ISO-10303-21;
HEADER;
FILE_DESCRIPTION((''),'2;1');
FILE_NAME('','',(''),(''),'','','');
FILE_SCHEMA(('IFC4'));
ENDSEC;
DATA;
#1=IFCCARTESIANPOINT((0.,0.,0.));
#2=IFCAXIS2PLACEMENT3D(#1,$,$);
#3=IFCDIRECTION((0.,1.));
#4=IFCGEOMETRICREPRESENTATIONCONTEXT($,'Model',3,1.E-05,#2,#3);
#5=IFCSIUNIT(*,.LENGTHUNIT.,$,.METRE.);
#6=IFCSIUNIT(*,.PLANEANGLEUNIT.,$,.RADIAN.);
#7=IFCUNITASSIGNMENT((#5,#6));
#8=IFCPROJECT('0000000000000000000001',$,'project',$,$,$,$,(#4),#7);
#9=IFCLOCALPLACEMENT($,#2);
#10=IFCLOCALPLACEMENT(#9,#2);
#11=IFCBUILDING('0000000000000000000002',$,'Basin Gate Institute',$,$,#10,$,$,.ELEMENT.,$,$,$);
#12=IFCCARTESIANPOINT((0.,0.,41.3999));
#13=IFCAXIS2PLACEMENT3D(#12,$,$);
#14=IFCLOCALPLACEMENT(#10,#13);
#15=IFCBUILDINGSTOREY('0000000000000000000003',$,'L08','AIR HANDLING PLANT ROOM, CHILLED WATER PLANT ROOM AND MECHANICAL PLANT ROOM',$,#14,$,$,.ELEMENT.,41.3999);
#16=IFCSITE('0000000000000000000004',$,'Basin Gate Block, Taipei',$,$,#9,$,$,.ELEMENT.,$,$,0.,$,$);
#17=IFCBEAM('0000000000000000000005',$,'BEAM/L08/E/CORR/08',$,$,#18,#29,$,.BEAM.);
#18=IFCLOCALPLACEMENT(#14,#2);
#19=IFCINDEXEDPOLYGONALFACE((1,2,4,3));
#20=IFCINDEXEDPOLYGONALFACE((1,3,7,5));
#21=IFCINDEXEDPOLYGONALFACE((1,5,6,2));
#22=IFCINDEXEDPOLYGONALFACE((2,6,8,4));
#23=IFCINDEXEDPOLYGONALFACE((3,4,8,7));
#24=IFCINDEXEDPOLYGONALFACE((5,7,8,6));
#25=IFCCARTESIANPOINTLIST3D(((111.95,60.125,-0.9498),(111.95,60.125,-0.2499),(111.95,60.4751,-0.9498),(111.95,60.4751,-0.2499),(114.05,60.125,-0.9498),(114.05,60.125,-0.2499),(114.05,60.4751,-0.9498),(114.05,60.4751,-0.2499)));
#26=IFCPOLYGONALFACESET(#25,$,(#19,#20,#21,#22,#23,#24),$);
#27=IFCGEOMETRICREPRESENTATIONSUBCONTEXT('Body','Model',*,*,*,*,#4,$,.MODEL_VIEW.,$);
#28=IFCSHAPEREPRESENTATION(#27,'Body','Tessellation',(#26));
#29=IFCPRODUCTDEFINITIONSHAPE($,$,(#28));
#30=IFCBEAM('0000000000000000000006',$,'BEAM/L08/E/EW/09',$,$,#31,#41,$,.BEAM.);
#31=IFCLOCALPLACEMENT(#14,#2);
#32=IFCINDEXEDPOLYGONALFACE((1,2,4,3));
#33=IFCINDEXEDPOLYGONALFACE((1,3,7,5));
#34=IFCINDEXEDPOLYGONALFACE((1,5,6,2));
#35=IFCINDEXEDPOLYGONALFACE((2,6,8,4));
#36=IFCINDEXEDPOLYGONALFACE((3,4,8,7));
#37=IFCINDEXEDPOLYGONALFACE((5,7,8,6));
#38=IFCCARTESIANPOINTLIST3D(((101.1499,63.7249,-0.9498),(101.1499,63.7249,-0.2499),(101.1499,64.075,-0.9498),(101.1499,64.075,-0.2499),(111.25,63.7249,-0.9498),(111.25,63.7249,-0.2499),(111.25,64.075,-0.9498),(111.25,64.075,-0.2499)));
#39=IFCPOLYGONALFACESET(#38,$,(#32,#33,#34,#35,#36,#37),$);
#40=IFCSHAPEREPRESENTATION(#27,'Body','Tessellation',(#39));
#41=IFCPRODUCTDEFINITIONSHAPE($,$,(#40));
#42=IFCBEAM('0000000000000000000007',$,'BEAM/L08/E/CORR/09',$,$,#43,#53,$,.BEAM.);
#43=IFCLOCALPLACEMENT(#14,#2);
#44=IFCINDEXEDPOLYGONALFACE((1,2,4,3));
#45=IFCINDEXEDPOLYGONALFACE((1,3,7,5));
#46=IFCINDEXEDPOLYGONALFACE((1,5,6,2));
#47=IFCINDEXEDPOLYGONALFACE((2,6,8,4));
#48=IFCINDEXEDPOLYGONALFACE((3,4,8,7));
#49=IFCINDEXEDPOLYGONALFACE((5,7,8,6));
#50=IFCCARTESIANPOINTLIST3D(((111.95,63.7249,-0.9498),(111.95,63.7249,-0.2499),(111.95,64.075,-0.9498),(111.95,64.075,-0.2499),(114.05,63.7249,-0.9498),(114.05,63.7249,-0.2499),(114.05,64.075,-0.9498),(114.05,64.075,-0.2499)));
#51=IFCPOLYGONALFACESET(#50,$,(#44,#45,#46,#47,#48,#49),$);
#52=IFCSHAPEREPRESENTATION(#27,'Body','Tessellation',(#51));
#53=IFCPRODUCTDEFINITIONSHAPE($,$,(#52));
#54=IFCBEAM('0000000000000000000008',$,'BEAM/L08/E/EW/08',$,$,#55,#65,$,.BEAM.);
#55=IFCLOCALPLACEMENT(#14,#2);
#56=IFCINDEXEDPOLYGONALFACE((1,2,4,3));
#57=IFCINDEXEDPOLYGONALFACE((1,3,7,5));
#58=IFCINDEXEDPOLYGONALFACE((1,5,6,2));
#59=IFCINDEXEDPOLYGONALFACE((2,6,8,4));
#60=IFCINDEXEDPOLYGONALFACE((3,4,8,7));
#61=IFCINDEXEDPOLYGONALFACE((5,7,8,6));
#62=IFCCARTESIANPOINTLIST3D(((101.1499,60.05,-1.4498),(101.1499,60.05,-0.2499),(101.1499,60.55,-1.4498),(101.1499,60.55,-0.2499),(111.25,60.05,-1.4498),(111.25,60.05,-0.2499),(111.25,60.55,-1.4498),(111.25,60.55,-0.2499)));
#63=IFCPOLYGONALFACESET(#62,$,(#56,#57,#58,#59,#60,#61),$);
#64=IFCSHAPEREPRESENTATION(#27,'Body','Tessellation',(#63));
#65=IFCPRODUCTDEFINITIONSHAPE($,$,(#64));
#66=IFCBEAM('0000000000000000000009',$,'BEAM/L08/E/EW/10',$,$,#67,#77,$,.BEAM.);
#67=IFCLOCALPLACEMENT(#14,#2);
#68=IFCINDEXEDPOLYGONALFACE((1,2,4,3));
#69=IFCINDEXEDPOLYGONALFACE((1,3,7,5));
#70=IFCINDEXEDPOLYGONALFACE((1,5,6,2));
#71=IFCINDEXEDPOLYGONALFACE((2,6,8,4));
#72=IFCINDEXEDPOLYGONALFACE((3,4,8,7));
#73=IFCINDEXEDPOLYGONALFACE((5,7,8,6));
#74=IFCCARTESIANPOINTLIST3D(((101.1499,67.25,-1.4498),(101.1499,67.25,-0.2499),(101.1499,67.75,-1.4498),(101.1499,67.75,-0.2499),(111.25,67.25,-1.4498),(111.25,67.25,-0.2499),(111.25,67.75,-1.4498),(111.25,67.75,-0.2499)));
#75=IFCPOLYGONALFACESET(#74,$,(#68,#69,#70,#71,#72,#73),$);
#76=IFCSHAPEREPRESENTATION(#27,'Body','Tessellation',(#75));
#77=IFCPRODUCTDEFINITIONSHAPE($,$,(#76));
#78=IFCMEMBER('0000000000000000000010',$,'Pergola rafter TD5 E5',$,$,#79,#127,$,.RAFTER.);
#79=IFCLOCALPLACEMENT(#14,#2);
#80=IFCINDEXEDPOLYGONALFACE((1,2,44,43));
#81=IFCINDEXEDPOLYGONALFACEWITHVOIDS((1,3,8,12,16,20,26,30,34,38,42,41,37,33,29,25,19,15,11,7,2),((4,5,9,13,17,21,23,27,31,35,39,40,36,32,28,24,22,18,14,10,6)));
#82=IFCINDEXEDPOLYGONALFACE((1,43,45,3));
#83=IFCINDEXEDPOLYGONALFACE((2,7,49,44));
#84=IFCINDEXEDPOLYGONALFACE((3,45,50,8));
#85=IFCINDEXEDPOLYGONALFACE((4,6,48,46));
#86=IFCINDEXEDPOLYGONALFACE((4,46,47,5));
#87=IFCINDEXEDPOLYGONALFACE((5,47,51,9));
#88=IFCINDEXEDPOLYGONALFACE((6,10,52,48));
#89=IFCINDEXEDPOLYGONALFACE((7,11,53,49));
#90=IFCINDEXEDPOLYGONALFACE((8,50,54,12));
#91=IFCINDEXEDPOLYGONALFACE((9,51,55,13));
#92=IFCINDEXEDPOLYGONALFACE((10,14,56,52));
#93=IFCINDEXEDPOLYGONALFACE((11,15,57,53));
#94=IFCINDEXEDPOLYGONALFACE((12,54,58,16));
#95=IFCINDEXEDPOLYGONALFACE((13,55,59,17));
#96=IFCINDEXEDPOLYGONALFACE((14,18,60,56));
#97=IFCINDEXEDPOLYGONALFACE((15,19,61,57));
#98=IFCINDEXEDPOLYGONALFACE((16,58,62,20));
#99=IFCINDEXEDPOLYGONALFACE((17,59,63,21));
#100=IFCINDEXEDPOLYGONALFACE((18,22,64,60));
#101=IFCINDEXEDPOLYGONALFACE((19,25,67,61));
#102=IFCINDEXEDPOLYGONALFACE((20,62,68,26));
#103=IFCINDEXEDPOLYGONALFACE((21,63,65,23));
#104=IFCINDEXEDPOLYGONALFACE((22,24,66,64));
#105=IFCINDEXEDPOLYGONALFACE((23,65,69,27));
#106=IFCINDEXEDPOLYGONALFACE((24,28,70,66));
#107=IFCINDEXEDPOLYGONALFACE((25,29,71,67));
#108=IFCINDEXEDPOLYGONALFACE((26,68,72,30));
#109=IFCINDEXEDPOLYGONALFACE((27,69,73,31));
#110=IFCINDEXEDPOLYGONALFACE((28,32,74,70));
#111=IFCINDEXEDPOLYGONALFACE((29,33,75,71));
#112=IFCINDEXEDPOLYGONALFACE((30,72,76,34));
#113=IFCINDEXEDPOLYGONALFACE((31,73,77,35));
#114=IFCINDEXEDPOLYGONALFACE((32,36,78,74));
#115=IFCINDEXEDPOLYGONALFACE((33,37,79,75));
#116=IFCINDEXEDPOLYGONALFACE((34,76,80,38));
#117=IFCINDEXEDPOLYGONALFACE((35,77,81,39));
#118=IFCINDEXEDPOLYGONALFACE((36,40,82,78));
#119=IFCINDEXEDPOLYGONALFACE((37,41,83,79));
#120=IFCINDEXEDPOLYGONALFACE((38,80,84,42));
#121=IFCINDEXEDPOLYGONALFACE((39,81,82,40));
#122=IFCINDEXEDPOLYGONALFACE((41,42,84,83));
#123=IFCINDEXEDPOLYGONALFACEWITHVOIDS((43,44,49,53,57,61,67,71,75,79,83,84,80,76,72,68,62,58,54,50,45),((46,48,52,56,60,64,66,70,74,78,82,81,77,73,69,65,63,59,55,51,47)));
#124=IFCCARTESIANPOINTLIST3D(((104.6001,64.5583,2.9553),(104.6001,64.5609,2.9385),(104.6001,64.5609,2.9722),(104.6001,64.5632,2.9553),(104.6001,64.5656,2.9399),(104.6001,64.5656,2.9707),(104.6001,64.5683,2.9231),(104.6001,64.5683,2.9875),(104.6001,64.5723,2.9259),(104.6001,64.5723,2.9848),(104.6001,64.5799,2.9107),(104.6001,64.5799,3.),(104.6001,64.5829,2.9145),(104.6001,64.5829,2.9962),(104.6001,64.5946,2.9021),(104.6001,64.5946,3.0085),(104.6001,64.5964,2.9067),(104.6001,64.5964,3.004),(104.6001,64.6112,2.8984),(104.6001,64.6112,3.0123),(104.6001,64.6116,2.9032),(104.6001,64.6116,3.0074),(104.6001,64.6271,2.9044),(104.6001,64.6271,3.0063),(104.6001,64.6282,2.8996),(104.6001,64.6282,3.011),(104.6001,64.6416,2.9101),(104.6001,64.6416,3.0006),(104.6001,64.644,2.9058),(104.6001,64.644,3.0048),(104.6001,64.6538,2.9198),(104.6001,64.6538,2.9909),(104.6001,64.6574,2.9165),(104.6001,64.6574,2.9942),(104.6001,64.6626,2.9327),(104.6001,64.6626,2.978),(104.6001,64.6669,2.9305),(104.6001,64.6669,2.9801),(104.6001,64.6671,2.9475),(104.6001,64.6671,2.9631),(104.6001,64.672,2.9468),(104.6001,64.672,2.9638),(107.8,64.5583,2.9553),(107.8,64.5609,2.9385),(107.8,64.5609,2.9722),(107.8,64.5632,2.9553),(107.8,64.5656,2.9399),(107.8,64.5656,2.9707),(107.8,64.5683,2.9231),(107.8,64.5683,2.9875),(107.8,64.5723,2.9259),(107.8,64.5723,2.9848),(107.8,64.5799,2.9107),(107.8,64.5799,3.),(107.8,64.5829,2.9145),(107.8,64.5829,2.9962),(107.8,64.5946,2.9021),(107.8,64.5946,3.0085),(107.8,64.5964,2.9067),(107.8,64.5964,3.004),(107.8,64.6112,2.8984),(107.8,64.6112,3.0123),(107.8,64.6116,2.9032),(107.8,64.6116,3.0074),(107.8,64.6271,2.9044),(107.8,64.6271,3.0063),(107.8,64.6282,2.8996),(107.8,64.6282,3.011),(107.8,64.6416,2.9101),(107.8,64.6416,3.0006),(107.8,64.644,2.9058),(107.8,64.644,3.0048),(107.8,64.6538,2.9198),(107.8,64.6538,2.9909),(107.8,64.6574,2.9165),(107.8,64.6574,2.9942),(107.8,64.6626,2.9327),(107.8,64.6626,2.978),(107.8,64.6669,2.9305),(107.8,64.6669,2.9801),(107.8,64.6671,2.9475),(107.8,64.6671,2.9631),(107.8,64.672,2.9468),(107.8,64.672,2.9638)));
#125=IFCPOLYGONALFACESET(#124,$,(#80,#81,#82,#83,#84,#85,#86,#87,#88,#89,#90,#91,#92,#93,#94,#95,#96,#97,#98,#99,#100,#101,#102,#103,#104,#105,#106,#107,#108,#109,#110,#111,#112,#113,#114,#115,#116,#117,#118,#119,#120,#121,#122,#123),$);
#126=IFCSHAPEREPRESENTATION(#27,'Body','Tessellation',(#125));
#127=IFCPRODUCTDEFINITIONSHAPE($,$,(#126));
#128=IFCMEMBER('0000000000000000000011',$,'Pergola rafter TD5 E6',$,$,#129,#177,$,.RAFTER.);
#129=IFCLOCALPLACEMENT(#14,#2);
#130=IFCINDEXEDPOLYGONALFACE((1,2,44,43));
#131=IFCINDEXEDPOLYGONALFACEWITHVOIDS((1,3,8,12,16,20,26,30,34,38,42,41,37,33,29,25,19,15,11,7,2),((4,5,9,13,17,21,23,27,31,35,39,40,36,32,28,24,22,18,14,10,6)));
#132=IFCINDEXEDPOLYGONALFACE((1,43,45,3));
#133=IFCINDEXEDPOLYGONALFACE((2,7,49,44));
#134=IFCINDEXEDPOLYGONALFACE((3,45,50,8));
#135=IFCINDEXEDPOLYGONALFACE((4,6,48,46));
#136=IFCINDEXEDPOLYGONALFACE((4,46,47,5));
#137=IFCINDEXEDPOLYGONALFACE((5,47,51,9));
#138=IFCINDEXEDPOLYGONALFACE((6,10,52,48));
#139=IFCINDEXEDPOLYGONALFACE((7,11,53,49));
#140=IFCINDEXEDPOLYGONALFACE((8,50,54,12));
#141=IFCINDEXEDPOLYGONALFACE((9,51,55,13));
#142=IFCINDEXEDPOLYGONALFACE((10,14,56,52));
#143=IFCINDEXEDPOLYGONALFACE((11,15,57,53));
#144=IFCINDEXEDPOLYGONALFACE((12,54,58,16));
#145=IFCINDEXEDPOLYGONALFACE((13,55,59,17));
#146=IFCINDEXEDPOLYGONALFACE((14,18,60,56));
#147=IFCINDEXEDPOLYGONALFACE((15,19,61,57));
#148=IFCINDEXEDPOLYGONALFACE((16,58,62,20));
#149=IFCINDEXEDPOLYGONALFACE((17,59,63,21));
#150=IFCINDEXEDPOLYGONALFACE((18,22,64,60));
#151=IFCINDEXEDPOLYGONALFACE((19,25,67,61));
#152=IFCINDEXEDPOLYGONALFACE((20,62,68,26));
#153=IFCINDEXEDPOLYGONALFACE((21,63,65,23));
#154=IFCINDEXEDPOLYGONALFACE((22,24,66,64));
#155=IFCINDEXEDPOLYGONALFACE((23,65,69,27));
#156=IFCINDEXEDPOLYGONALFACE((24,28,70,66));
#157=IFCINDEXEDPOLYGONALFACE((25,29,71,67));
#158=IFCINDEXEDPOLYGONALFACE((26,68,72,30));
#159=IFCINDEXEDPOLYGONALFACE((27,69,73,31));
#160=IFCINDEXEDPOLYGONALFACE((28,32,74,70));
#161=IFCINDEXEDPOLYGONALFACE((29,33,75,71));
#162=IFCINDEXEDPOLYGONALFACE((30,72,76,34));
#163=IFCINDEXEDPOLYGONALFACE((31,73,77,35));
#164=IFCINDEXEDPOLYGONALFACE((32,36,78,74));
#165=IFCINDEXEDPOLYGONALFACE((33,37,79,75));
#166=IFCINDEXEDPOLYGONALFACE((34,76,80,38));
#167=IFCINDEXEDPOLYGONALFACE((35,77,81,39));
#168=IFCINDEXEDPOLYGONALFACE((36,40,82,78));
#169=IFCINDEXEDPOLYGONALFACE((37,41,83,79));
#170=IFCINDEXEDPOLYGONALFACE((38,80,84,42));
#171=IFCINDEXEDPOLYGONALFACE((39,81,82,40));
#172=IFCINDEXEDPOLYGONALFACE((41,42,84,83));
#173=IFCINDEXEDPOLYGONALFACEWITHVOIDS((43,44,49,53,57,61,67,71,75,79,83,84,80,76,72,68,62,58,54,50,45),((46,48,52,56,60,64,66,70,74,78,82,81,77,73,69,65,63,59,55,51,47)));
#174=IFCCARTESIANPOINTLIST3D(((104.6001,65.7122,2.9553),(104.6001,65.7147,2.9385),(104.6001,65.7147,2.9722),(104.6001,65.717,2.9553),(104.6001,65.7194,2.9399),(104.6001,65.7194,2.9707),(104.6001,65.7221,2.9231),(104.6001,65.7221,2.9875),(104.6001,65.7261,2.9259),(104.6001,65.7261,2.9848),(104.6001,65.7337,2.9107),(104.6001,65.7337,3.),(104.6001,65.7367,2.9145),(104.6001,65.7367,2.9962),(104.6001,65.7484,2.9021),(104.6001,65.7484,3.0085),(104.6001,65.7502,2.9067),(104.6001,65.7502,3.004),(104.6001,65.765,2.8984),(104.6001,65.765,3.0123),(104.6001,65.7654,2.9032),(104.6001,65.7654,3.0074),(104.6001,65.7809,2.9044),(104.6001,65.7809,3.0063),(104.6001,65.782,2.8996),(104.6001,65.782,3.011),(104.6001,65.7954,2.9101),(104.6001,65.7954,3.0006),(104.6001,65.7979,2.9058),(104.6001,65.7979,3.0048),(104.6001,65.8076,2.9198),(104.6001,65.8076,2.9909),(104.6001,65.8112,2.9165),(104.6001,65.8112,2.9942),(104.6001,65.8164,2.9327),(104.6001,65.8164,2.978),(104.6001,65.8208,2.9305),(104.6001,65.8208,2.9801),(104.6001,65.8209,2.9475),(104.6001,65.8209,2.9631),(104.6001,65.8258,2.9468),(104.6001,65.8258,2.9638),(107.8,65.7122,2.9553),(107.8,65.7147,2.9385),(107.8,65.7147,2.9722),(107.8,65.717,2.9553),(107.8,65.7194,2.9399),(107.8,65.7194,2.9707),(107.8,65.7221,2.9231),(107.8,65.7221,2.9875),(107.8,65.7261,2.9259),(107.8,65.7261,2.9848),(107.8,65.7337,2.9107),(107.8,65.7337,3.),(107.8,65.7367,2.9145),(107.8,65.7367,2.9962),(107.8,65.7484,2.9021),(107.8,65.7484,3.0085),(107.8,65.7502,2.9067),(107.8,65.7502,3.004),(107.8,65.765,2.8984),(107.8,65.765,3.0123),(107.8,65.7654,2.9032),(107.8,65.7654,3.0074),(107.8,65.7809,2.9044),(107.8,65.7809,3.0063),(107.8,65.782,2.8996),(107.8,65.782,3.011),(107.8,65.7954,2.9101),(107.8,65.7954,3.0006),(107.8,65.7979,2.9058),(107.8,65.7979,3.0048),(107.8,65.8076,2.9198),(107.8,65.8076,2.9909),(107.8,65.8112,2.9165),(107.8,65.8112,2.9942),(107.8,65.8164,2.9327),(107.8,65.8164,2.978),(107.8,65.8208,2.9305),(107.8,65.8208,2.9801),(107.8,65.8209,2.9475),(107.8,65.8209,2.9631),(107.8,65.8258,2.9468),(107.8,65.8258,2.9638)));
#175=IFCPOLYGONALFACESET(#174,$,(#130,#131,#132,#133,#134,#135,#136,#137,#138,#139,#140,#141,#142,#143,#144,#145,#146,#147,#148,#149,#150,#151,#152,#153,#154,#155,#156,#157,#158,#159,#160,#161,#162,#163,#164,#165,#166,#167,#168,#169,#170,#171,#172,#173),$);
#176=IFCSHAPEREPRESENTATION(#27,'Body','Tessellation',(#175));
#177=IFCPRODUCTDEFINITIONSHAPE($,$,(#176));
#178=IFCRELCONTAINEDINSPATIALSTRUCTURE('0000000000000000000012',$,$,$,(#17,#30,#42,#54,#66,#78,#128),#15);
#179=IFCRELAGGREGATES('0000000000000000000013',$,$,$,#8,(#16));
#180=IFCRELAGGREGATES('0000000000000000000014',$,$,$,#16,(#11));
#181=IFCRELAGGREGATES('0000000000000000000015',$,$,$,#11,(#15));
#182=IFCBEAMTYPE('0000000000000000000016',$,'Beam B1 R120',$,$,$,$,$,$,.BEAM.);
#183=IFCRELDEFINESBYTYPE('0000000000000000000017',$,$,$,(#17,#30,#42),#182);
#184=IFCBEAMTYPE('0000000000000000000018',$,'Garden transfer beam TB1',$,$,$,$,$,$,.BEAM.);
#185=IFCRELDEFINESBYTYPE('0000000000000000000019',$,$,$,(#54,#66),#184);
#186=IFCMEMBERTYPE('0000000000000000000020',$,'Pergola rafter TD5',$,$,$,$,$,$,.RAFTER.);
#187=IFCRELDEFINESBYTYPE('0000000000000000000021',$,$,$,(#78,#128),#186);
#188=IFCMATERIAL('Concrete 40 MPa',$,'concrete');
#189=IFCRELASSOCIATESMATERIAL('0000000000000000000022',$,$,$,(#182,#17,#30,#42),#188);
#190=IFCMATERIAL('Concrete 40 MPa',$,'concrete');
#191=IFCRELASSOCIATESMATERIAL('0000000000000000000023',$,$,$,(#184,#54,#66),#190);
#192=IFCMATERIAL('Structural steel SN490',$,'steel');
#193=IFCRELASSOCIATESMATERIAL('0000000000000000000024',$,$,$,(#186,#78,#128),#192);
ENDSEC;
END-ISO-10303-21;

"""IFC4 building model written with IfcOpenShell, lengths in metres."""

from ifc_helpers import new_model, si_unit, direction, frame, origin, origin_2d, place, context, subcontext, project, spatial, rectangle, hollow_circle, extrude, material, material_profile, profile_set, type_object, element, save


model = new_model("IFC4")

# Units and contexts
model_context = context("Model", 3, precision=1e-05, world=origin(), true_north=direction((0.0, 1.0)))
body_context = subcontext(model_context, "Body", "Model", "MODEL_VIEW")
ifc_project = project(units=[si_unit("LENGTHUNIT", "METRE"), si_unit("PLANEANGLEUNIT", "RADIAN")], contexts=[model_context])

# Site, building, storey
site_placement = place(None, origin())
site = spatial("IfcSite", under=ifc_project, at=site_placement, Name="Basin Gate Block, Taipei", CompositionType="ELEMENT", RefElevation=0.0)
building_placement = place(site_placement, origin())
building = spatial("IfcBuilding", under=site, at=building_placement, Name="Basin Gate Institute", CompositionType="ELEMENT")
storey_placement = place(building_placement, frame((0.0, 0.0, 41.3999)))
storey = spatial("IfcBuildingStorey", under=building, at=storey_placement, Name="L08", Description="AIR HANDLING PLANT ROOM, CHILLED WATER PLANT ROOM AND MECHANICAL PLANT ROOM", CompositionType="ELEMENT", Elevation=41.3999)

# Beams
ifc_material_1 = material(Name="Concrete 40 MPa", Category="concrete")
ifc_material_profile_1 = material_profile(ifc_material_1, rectangle(XDim=0.3501, YDim=0.7, at=origin_2d()), Name="Beam B1 350 x 700")
ifc_profile_set_1 = profile_set([ifc_material_profile_1], Name="Concrete 40 MPa")
beam_type_1 = type_object("IfcBeamType", Name="Beam B1 R120", PredefinedType="BEAM", material=ifc_profile_set_1)
beam_1_placement = place(storey_placement, frame((114.05, 60.3, -0.5999), z_axis=(-1.0, 0.0, 0.0), x_axis=(0.0, -1.0, 0.0)))
element("IfcBeam", 1, at=beam_1_placement, inside=storey, type_object=beam_type_1, material=ifc_profile_set_1, Name="BEAM/L08/E/CORR/08", PredefinedType="BEAM", context=body_context, shape_type="SweptSolid", body=[
    extrude(rectangle(XDim=0.3501, YDim=0.7, at=origin_2d()), origin(), (0.0, 0.0, 1.0), 2.1001),
])
beam_2_placement = place(storey_placement, frame((111.25, 63.8999, -0.5999), z_axis=(-1.0, 0.0, 0.0), x_axis=(0.0, -1.0, 0.0)))
element("IfcBeam", 2, at=beam_2_placement, inside=storey, type_object=beam_type_1, material=ifc_profile_set_1, Name="BEAM/L08/E/EW/09", PredefinedType="BEAM", context=body_context, shape_type="SweptSolid", body=[
    extrude(rectangle(XDim=0.3501, YDim=0.7, at=origin_2d()), origin(), (0.0, 0.0, 1.0), 10.1001),
])
beam_3_placement = place(storey_placement, frame((114.05, 63.8999, -0.5999), z_axis=(-1.0, 0.0, 0.0), x_axis=(0.0, -1.0, 0.0)))
element("IfcBeam", 3, at=beam_3_placement, inside=storey, type_object=beam_type_1, material=ifc_profile_set_1, Name="BEAM/L08/E/CORR/09", PredefinedType="BEAM", context=body_context, shape_type="SweptSolid", body=[
    extrude(rectangle(XDim=0.3501, YDim=0.7, at=origin_2d()), origin(), (0.0, 0.0, 1.0), 2.1001),
])
ifc_material_2 = material(Name="Concrete 40 MPa", Category="concrete")
ifc_material_profile_2 = material_profile(ifc_material_2, rectangle(XDim=0.5, YDim=1.2, at=origin_2d()), Name="Garden transfer beam TB1 500 x 1200")
ifc_profile_set_2 = profile_set([ifc_material_profile_2], Name="Concrete 40 MPa")
beam_type_2 = type_object("IfcBeamType", Name="Garden transfer beam TB1", PredefinedType="BEAM", material=ifc_profile_set_2)
for number, where, z_axis, x_axis, name in (
    (4, (111.25, 60.3, -0.8499), (-1.0, 0.0, 0.0), (0.0, -1.0, 0.0), "BEAM/L08/E/EW/08"),
    (5, (111.25, 67.5, -0.8499), (-1.0, 0.0, 0.0), (0.0, -1.0, 0.0), "BEAM/L08/E/EW/10"),
):
    element("IfcBeam", number, at=place(storey_placement, frame(where, z_axis=z_axis, x_axis=x_axis)), inside=storey, type_object=beam_type_2, material=ifc_profile_set_2, Name=name, PredefinedType="BEAM", context=body_context, shape_type="SweptSolid", body=[
        extrude(rectangle(XDim=0.5, YDim=1.2, at=origin_2d()), origin(), (0.0, 0.0, 1.0), 10.1001),
    ])

# Members
ifc_material_3 = material(Name="Structural steel SN490", Category="steel")
ifc_material_profile_3 = material_profile(ifc_material_3, hollow_circle(Radius=0.0571, WallThickness=0.0049, at=origin_2d()), Name="CHS114x5")
ifc_profile_set_3 = profile_set([ifc_material_profile_3], Name="Structural steel SN490")
member_type = type_object("IfcMemberType", Name="Pergola rafter TD5", PredefinedType="RAFTER", material=ifc_profile_set_3)
for number, where, z_axis, x_axis, name in (
    (6, (107.8, 64.6155, 2.9553), (-1.0, 0.0, 0.0), (0.0, -1.0, 0.0), "Pergola rafter TD5 E5"),
    (7, (107.8, 65.7693, 2.9553), (-1.0, 0.0, 0.0), (0.0, -1.0, 0.0), "Pergola rafter TD5 E6"),
):
    element("IfcMember", number, at=place(storey_placement, frame(where, z_axis=z_axis, x_axis=x_axis)), inside=storey, type_object=member_type, material=ifc_profile_set_3, Name=name, PredefinedType="RAFTER", context=body_context, shape_type="SweptSolid", body=[
        extrude(hollow_circle(Radius=0.0571, WallThickness=0.0049, at=origin_2d()), origin(), (0.0, 0.0, 1.0), 3.2),
    ])

save(model, "model.ifc")
